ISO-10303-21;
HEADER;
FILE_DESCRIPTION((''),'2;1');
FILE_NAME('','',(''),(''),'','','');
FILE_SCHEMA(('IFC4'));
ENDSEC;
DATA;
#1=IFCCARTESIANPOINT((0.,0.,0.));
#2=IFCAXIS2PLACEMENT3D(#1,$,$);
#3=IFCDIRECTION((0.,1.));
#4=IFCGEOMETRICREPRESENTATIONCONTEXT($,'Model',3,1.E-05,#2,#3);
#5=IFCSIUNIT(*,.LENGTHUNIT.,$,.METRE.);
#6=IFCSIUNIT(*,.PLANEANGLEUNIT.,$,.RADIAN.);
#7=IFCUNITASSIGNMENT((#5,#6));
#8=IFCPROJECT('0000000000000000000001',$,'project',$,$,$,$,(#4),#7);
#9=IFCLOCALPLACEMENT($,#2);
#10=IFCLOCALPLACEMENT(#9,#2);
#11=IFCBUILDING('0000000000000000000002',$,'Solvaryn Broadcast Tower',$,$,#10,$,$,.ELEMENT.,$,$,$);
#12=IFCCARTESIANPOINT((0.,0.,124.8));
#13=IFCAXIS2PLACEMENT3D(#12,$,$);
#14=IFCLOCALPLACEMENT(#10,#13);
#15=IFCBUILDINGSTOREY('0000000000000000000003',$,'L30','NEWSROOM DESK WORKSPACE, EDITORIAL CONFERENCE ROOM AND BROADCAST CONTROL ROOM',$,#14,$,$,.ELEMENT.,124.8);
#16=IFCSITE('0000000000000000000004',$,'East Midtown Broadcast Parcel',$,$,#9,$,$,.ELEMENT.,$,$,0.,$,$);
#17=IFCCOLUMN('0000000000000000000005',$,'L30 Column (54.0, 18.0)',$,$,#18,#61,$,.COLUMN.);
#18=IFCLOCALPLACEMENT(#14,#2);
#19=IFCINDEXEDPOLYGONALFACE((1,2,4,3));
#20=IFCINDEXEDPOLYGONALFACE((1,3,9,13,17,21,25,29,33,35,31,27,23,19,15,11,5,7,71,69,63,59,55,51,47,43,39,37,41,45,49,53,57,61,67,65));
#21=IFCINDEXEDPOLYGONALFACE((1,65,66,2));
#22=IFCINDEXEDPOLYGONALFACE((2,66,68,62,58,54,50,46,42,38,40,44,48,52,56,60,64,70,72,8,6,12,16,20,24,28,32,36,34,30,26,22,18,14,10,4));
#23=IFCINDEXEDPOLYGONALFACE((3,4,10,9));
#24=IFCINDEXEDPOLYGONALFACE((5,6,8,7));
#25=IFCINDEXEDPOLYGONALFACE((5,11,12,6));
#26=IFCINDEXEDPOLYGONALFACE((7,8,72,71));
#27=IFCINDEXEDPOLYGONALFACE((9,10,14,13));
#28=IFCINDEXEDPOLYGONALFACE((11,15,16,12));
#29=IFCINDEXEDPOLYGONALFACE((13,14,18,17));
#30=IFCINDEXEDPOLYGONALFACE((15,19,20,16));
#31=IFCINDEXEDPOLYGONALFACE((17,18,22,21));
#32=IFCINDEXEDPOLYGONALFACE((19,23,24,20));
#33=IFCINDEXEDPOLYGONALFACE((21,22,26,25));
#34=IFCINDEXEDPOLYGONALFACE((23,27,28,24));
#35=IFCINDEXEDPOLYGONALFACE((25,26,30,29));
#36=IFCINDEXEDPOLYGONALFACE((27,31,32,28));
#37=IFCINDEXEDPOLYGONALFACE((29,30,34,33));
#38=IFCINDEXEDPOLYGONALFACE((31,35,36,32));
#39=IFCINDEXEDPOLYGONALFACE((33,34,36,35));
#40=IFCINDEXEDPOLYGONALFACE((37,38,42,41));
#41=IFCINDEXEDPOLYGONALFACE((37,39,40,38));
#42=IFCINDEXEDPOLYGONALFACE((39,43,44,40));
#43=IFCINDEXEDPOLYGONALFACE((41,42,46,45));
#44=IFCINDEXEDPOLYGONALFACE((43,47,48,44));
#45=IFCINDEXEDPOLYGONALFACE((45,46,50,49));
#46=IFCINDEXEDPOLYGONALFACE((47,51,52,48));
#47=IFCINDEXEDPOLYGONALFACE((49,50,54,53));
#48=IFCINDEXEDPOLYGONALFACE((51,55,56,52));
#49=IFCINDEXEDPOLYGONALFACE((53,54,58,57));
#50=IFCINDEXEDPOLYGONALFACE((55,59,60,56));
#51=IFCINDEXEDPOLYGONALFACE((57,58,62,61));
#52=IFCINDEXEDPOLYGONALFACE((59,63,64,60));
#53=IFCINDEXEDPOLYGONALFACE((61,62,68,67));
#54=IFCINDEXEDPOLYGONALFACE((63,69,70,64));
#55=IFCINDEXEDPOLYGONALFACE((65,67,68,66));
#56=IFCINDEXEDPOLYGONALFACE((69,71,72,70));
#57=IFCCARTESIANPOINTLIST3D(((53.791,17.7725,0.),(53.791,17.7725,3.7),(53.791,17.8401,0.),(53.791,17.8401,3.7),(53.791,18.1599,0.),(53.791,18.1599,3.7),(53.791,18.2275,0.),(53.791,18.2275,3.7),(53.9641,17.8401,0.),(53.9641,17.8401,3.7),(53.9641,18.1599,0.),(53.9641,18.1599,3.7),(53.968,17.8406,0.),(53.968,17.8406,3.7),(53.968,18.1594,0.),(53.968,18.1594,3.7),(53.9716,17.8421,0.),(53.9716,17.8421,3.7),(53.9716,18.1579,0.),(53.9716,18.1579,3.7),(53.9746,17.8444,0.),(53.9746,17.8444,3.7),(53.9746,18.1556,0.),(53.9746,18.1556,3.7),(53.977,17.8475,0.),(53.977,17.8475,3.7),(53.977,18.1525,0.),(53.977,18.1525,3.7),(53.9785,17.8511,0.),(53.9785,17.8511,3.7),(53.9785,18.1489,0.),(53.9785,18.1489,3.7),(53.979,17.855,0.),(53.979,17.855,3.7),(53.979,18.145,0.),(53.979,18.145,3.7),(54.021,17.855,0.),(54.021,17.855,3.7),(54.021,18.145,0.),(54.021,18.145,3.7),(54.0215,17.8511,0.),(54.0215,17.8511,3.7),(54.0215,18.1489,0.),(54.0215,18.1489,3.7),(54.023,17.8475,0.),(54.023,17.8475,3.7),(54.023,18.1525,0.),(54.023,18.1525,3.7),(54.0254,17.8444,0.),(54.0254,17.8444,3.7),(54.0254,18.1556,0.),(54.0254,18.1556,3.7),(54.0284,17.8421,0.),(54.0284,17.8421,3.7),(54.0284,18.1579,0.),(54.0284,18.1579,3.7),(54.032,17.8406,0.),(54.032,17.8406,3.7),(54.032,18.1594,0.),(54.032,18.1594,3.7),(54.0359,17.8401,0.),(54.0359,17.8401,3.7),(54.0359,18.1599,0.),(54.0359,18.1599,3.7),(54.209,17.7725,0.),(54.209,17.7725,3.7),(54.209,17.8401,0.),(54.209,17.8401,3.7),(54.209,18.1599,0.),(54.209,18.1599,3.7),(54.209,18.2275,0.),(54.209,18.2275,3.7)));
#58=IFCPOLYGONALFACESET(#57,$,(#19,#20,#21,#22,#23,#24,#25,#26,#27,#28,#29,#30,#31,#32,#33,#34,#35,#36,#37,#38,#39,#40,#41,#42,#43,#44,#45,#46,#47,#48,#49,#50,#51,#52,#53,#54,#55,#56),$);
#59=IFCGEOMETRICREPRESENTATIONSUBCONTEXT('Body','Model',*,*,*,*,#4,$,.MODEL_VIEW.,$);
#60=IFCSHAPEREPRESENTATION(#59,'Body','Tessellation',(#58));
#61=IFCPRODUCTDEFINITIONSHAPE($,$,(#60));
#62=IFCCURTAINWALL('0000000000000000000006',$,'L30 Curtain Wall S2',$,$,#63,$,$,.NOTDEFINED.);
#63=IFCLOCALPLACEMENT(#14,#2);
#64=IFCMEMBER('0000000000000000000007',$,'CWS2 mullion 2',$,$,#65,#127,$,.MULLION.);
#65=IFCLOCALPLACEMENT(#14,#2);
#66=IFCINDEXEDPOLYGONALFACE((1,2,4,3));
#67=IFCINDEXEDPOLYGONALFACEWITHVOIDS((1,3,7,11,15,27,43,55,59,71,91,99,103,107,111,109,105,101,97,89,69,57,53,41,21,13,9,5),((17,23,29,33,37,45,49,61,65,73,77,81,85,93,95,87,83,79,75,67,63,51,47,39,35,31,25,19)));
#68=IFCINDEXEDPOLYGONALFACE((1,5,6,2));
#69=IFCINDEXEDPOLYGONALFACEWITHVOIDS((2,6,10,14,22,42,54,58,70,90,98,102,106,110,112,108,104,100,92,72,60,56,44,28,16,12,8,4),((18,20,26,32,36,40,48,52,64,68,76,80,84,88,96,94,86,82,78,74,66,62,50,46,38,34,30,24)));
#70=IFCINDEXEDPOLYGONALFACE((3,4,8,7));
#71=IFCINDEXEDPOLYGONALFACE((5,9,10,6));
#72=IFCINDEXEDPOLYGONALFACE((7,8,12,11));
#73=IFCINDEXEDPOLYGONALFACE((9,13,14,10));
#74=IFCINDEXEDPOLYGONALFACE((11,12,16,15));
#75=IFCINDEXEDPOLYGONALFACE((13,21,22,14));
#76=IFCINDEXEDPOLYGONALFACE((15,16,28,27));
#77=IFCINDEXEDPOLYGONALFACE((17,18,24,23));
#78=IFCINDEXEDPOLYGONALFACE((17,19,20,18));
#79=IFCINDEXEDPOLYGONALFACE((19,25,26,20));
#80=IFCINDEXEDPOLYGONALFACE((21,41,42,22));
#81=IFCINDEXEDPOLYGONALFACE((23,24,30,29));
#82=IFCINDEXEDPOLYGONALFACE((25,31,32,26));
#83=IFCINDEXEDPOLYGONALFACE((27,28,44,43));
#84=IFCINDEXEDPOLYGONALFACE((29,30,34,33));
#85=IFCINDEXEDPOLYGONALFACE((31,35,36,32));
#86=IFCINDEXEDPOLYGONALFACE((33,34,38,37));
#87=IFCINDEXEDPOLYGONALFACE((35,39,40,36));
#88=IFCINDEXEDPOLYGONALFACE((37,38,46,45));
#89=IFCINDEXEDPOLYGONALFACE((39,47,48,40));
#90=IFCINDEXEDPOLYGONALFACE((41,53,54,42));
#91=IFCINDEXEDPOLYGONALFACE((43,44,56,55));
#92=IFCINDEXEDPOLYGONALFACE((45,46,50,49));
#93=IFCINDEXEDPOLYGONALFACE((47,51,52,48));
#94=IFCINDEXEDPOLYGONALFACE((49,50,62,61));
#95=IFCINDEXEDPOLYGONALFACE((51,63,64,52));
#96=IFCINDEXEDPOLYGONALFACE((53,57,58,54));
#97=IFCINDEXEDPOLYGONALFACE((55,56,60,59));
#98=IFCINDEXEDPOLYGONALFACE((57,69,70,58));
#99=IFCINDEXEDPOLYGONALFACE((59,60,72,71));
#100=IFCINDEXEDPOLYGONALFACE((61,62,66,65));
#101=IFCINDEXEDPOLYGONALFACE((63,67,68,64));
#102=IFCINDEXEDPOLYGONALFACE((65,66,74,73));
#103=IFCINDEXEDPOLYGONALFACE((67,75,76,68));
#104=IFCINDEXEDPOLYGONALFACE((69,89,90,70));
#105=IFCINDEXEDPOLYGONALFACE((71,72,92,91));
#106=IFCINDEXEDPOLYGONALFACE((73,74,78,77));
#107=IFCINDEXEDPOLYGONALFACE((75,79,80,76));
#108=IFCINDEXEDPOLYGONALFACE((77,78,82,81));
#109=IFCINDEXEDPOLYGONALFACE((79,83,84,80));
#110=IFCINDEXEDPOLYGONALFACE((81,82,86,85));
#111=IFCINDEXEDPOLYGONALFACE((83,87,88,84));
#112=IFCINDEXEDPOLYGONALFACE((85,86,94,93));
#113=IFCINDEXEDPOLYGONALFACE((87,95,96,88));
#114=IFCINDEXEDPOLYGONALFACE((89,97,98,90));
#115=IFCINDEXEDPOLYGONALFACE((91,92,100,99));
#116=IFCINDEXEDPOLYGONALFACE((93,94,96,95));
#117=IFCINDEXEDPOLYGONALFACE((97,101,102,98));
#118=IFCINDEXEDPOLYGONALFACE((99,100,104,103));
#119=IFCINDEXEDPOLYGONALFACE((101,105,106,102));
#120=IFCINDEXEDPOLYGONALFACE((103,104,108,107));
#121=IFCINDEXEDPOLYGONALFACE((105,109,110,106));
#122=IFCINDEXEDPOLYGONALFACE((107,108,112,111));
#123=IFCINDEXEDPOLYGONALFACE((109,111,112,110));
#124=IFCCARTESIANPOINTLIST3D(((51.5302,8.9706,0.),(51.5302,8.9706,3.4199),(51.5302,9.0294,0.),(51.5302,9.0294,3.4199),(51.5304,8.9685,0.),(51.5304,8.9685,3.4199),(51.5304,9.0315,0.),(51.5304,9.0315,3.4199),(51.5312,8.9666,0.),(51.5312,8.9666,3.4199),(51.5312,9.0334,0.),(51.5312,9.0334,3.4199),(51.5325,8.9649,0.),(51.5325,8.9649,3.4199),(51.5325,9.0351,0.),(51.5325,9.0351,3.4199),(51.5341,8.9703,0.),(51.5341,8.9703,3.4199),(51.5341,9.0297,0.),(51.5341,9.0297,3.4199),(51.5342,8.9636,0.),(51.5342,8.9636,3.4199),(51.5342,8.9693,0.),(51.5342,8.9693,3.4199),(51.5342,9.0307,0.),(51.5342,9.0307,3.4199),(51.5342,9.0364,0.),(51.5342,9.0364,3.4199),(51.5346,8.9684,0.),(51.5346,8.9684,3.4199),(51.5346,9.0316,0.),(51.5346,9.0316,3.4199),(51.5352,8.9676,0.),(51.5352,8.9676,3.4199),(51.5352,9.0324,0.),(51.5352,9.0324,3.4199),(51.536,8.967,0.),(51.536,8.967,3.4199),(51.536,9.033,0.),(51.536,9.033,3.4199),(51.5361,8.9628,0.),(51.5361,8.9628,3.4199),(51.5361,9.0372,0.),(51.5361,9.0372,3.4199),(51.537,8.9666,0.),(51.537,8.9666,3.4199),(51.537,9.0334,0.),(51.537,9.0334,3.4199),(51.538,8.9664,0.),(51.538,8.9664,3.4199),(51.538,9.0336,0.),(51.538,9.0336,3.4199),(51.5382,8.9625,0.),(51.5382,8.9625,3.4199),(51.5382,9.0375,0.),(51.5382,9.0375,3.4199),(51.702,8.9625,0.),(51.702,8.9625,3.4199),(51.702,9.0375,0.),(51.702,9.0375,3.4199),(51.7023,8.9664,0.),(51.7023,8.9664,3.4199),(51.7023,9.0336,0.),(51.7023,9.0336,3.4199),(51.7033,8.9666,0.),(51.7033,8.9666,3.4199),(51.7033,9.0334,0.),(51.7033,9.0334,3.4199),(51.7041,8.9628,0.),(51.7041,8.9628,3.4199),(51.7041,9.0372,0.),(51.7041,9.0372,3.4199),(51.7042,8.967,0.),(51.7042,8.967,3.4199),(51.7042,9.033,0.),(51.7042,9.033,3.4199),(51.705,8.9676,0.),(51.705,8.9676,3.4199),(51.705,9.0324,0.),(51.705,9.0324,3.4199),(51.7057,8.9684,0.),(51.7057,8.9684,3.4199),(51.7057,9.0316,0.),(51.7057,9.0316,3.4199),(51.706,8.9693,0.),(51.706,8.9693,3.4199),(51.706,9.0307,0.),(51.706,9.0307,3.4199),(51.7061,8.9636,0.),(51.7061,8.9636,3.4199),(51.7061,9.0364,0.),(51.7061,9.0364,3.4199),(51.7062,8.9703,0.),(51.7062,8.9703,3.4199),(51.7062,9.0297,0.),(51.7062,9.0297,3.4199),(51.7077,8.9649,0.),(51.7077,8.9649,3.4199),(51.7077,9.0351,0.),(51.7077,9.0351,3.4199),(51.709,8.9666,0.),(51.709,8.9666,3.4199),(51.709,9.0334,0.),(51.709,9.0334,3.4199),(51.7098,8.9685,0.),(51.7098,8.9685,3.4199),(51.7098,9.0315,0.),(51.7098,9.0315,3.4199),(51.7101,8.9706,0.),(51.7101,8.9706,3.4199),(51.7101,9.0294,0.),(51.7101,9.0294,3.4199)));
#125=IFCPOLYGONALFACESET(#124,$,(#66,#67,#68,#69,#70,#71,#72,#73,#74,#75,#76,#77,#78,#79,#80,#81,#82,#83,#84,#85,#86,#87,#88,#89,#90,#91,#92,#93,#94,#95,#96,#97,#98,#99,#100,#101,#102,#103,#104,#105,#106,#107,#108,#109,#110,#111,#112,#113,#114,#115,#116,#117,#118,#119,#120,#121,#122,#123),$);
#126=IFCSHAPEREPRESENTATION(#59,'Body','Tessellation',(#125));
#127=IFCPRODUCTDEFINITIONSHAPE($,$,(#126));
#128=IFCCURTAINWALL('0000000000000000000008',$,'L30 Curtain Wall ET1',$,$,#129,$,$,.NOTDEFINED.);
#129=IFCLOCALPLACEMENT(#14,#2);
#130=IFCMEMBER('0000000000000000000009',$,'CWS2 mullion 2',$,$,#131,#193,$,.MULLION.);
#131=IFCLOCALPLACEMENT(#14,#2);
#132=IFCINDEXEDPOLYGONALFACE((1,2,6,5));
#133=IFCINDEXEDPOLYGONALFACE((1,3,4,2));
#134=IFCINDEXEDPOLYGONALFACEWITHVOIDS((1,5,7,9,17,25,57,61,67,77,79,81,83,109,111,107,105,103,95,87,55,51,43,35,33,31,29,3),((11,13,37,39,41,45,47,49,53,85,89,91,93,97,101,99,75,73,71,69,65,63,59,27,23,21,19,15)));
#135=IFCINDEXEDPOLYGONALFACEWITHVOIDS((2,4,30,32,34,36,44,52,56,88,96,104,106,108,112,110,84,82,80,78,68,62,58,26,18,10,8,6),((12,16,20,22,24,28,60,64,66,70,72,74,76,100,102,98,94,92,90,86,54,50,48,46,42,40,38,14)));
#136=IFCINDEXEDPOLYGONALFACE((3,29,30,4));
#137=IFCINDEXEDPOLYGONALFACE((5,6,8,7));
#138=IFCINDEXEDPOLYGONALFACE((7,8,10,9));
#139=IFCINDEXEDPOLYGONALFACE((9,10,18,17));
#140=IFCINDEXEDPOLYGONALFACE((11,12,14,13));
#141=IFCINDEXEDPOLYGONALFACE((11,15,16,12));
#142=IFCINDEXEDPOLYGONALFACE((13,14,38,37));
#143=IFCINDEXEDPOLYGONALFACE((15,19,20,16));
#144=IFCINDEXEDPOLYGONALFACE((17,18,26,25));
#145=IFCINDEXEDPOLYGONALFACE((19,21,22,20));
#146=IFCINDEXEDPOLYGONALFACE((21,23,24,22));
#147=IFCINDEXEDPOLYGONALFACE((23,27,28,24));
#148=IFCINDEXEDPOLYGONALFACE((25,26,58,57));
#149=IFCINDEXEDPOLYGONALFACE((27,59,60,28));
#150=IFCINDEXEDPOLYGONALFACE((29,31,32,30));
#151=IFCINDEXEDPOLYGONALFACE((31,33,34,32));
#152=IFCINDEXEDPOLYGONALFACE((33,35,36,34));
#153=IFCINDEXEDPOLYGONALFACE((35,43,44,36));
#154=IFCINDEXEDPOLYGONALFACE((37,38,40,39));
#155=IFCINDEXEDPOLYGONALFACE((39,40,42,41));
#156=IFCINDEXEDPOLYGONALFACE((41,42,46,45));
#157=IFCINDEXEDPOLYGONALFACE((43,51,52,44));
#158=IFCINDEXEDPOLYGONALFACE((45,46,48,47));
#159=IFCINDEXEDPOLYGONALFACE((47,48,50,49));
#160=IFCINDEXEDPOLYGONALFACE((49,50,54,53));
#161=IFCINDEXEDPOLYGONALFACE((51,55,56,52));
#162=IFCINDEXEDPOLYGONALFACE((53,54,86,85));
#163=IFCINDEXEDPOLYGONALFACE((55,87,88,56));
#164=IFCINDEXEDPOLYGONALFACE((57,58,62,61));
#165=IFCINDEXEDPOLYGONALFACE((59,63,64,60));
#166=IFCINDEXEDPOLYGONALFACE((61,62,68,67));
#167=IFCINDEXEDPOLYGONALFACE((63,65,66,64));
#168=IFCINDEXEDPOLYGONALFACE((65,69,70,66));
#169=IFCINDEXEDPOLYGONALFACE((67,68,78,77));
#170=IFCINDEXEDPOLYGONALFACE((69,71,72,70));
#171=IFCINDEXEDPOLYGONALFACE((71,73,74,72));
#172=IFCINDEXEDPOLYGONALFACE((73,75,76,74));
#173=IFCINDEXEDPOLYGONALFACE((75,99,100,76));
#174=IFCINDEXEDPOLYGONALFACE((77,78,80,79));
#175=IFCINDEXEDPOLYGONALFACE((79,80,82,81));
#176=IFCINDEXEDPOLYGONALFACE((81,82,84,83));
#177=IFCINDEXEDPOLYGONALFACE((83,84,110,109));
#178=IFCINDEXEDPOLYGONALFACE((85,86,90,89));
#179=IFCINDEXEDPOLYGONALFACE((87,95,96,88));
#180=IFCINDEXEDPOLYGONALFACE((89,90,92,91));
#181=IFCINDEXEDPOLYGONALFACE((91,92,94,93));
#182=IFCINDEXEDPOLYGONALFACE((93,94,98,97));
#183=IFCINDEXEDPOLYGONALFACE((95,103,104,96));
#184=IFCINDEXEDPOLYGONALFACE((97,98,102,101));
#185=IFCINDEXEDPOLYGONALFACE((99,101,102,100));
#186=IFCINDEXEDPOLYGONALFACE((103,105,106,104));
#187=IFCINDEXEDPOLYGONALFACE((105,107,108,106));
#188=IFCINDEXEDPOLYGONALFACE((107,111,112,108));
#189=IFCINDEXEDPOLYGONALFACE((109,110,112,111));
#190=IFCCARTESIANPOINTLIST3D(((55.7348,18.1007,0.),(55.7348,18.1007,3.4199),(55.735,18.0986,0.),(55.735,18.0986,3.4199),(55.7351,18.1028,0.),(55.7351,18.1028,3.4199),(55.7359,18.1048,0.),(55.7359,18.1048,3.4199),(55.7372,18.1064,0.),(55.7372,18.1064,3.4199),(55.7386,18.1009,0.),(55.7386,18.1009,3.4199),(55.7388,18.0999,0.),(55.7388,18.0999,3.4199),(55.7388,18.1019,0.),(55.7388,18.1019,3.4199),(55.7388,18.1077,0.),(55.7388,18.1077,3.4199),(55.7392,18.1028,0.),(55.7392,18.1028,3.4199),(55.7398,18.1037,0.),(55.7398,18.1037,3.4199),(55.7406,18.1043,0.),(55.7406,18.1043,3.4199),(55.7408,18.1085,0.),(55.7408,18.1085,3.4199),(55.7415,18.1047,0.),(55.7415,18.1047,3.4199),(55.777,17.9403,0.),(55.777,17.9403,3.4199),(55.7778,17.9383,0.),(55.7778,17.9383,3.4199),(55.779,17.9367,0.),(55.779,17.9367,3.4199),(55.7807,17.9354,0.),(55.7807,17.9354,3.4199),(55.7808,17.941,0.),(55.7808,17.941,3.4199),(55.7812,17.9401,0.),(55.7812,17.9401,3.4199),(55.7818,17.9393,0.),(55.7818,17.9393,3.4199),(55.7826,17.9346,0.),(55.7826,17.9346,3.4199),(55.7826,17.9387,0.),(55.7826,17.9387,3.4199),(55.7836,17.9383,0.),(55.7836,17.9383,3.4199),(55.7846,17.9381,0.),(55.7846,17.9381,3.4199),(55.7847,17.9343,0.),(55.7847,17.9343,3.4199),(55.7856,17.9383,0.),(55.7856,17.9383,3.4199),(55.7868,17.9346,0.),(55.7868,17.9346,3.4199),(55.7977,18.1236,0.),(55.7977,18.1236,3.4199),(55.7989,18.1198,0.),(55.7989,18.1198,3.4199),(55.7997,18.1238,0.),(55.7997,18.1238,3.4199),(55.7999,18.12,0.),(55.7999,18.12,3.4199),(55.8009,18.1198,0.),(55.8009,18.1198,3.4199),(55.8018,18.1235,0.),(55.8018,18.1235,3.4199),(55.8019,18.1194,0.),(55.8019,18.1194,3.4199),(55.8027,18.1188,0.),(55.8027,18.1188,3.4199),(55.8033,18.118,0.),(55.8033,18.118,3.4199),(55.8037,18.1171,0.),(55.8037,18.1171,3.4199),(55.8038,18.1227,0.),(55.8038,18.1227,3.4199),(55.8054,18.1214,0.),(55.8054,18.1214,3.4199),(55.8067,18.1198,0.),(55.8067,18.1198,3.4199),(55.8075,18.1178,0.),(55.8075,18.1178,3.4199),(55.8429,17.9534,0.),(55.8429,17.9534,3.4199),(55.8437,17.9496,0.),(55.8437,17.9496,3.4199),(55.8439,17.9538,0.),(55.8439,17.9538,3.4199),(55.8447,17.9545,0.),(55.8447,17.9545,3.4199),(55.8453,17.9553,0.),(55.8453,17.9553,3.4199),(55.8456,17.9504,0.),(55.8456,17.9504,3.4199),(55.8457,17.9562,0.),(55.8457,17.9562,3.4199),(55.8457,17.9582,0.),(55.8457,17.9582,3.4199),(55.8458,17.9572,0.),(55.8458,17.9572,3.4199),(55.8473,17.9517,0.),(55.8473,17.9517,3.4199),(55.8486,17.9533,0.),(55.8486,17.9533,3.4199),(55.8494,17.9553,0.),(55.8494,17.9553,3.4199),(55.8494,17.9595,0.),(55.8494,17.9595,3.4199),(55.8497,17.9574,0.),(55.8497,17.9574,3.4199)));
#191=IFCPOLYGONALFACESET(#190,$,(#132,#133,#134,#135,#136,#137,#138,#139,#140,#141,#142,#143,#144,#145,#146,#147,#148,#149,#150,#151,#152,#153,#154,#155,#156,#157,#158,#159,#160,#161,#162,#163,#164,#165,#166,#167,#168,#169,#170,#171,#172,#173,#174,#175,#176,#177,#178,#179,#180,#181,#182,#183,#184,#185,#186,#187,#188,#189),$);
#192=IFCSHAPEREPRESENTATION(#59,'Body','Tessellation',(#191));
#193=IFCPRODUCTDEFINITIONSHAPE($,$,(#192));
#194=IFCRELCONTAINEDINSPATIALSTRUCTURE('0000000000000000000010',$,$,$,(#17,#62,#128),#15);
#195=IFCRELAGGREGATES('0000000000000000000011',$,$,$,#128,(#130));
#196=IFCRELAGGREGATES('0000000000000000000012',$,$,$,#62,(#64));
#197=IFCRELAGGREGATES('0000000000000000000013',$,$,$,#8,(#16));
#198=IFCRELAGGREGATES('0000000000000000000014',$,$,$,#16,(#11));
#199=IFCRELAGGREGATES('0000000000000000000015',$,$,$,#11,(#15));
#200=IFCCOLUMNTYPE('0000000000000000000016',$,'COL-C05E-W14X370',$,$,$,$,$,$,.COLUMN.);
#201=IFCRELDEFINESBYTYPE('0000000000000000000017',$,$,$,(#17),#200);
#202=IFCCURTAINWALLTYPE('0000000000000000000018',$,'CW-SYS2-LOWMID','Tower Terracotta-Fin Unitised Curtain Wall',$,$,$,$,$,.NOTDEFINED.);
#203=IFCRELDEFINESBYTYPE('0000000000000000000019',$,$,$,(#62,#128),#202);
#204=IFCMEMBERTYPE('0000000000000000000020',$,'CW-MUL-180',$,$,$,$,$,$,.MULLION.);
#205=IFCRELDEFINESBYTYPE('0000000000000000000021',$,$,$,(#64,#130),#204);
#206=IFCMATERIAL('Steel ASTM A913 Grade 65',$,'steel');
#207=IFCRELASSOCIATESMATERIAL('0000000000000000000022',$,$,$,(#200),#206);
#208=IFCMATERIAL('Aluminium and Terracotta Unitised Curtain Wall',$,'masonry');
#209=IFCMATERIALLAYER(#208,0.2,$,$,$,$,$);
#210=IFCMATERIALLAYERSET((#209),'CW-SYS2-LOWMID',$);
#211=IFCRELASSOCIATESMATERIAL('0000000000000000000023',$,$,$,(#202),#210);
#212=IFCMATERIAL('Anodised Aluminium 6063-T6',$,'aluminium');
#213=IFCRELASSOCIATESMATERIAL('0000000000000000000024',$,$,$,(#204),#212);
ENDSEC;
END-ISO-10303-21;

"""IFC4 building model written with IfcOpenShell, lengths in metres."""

from ifc_helpers import new_model, si_unit, direction, frame, origin, origin_2d, place, context, subcontext, project, spatial, hollow_rectangle, i_section, extrude, material, layer, layer_set, material_profile, profile_set, type_object, element, aggregate, save


model = new_model("IFC4")

# Units and contexts
model_context = context("Model", 3, precision=1e-05, world=origin(), true_north=direction((0.0, 1.0)))
body_context = subcontext(model_context, "Body", "Model", "MODEL_VIEW")
ifc_project = project(units=[si_unit("LENGTHUNIT", "METRE"), si_unit("PLANEANGLEUNIT", "RADIAN")], contexts=[model_context])

# Site, building, storey
site_placement = place(None, origin())
site = spatial("IfcSite", under=ifc_project, at=site_placement, Name="East Midtown Broadcast Parcel", CompositionType="ELEMENT", RefElevation=0.0)
building_placement = place(site_placement, origin())
building = spatial("IfcBuilding", under=site, at=building_placement, Name="Solvaryn Broadcast Tower", CompositionType="ELEMENT")
storey_placement = place(building_placement, frame((0.0, 0.0, 124.8)))
storey = spatial("IfcBuildingStorey", under=building, at=storey_placement, Name="L30", Description="NEWSROOM DESK WORKSPACE, EDITORIAL CONFERENCE ROOM AND BROADCAST CONTROL ROOM", CompositionType="ELEMENT", Elevation=124.8)

# Column
ifc_material_1 = material(Name="Steel ASTM A913 Grade 65", Category="steel")
ifc_material_profile_1 = material_profile(ifc_material_1, i_section(OverallWidth=0.418, OverallDepth=0.4551, WebThickness=0.042, FlangeThickness=0.0676, FilletRadius=0.0149, at=origin_2d()))
ifc_profile_set_1 = profile_set([ifc_material_profile_1], Name="Steel ASTM A913 Grade 65")
column_type = type_object("IfcColumnType", Name="COL-C05E-W14X370", PredefinedType="COLUMN", material=ifc_profile_set_1)
column_placement = place(storey_placement, frame((54.0, 18.0, 0.0), z_axis=(0.0, 0.0, 1.0), x_axis=(1.0, 0.0, 0.0)))
element("IfcColumn", 1, at=column_placement, inside=storey, type_object=column_type, Name="L30 Column (54.0, 18.0)", PredefinedType="COLUMN", context=body_context, shape_type="SweptSolid", body=[
    extrude(i_section(OverallWidth=0.418, OverallDepth=0.4551, WebThickness=0.042, FlangeThickness=0.0676, FilletRadius=0.0149, at=origin_2d()), origin(), (0.0, 0.0, 1.0), 3.7),
])

# Curtain walls, members
ifc_material_2 = material(Name="Aluminium and Terracotta Unitised Curtain Wall", Category="masonry")
ifc_layer_1 = layer(ifc_material_2, 0.2)
ifc_layer_set_1 = layer_set([ifc_layer_1], Name="CW-SYS2-LOWMID")
curtain_wall_type = type_object("IfcCurtainWallType", Name="CW-SYS2-LOWMID", Description="Tower Terracotta-Fin Unitised Curtain Wall", PredefinedType="NOTDEFINED", material=ifc_layer_set_1)
curtain_wall_1_placement = place(storey_placement, origin())
curtain_wall_1 = element("IfcCurtainWall", 2, at=curtain_wall_1_placement, inside=storey, type_object=curtain_wall_type, Name="L30 Curtain Wall S2", PredefinedType="NOTDEFINED")
ifc_material_3 = material(Name="Anodised Aluminium 6063-T6", Category="aluminium")
ifc_material_profile_2 = material_profile(ifc_material_3, hollow_rectangle(XDim=0.075, YDim=0.1799, WallThickness=0.0039, InnerFilletRadius=0.0039, OuterFilletRadius=0.0081, at=origin_2d()))
ifc_profile_set_2 = profile_set([ifc_material_profile_2], Name="Anodised Aluminium 6063-T6")
member_type_1 = type_object("IfcMemberType", Name="CW-MUL-180", PredefinedType="MULLION", material=ifc_profile_set_2)
member_1_placement = place(storey_placement, frame((51.6201, 9.0, 0.0), z_axis=(0.0, 0.0, 1.0), x_axis=(0.0, 1.0, 0.0)))
member_1 = element("IfcMember", 3, at=member_1_placement, type_object=member_type_1, Name="CWS2 mullion 2", PredefinedType="MULLION", context=body_context, shape_type="SweptSolid", body=[
    extrude(hollow_rectangle(XDim=0.075, YDim=0.1799, WallThickness=0.0039, InnerFilletRadius=0.0039, OuterFilletRadius=0.0081, at=origin_2d()), origin(), (0.0, 0.0, 1.0), 3.4199),
])
curtain_wall_2_placement = place(storey_placement, origin())
curtain_wall_2 = element("IfcCurtainWall", 4, at=curtain_wall_2_placement, inside=storey, type_object=curtain_wall_type, Name="L30 Curtain Wall ET1", PredefinedType="NOTDEFINED")
member_2_placement = place(storey_placement, frame((55.7922, 18.0291, 0.0), z_axis=(0.0, 0.0, 1.0), x_axis=(0.966705, 0.255893, 0.0)))
member_2 = element("IfcMember", 5, at=member_2_placement, type_object=member_type_1, Name="CWS2 mullion 2", PredefinedType="MULLION", context=body_context, shape_type="SweptSolid", body=[
    extrude(hollow_rectangle(XDim=0.075, YDim=0.1799, WallThickness=0.0039, InnerFilletRadius=0.0039, OuterFilletRadius=0.0081, at=origin_2d()), origin(), (0.0, 0.0, 1.0), 3.4199),
])
aggregate(curtain_wall_2, [member_2])

aggregate(curtain_wall_1, [member_1])

save(model, "model.ifc")
